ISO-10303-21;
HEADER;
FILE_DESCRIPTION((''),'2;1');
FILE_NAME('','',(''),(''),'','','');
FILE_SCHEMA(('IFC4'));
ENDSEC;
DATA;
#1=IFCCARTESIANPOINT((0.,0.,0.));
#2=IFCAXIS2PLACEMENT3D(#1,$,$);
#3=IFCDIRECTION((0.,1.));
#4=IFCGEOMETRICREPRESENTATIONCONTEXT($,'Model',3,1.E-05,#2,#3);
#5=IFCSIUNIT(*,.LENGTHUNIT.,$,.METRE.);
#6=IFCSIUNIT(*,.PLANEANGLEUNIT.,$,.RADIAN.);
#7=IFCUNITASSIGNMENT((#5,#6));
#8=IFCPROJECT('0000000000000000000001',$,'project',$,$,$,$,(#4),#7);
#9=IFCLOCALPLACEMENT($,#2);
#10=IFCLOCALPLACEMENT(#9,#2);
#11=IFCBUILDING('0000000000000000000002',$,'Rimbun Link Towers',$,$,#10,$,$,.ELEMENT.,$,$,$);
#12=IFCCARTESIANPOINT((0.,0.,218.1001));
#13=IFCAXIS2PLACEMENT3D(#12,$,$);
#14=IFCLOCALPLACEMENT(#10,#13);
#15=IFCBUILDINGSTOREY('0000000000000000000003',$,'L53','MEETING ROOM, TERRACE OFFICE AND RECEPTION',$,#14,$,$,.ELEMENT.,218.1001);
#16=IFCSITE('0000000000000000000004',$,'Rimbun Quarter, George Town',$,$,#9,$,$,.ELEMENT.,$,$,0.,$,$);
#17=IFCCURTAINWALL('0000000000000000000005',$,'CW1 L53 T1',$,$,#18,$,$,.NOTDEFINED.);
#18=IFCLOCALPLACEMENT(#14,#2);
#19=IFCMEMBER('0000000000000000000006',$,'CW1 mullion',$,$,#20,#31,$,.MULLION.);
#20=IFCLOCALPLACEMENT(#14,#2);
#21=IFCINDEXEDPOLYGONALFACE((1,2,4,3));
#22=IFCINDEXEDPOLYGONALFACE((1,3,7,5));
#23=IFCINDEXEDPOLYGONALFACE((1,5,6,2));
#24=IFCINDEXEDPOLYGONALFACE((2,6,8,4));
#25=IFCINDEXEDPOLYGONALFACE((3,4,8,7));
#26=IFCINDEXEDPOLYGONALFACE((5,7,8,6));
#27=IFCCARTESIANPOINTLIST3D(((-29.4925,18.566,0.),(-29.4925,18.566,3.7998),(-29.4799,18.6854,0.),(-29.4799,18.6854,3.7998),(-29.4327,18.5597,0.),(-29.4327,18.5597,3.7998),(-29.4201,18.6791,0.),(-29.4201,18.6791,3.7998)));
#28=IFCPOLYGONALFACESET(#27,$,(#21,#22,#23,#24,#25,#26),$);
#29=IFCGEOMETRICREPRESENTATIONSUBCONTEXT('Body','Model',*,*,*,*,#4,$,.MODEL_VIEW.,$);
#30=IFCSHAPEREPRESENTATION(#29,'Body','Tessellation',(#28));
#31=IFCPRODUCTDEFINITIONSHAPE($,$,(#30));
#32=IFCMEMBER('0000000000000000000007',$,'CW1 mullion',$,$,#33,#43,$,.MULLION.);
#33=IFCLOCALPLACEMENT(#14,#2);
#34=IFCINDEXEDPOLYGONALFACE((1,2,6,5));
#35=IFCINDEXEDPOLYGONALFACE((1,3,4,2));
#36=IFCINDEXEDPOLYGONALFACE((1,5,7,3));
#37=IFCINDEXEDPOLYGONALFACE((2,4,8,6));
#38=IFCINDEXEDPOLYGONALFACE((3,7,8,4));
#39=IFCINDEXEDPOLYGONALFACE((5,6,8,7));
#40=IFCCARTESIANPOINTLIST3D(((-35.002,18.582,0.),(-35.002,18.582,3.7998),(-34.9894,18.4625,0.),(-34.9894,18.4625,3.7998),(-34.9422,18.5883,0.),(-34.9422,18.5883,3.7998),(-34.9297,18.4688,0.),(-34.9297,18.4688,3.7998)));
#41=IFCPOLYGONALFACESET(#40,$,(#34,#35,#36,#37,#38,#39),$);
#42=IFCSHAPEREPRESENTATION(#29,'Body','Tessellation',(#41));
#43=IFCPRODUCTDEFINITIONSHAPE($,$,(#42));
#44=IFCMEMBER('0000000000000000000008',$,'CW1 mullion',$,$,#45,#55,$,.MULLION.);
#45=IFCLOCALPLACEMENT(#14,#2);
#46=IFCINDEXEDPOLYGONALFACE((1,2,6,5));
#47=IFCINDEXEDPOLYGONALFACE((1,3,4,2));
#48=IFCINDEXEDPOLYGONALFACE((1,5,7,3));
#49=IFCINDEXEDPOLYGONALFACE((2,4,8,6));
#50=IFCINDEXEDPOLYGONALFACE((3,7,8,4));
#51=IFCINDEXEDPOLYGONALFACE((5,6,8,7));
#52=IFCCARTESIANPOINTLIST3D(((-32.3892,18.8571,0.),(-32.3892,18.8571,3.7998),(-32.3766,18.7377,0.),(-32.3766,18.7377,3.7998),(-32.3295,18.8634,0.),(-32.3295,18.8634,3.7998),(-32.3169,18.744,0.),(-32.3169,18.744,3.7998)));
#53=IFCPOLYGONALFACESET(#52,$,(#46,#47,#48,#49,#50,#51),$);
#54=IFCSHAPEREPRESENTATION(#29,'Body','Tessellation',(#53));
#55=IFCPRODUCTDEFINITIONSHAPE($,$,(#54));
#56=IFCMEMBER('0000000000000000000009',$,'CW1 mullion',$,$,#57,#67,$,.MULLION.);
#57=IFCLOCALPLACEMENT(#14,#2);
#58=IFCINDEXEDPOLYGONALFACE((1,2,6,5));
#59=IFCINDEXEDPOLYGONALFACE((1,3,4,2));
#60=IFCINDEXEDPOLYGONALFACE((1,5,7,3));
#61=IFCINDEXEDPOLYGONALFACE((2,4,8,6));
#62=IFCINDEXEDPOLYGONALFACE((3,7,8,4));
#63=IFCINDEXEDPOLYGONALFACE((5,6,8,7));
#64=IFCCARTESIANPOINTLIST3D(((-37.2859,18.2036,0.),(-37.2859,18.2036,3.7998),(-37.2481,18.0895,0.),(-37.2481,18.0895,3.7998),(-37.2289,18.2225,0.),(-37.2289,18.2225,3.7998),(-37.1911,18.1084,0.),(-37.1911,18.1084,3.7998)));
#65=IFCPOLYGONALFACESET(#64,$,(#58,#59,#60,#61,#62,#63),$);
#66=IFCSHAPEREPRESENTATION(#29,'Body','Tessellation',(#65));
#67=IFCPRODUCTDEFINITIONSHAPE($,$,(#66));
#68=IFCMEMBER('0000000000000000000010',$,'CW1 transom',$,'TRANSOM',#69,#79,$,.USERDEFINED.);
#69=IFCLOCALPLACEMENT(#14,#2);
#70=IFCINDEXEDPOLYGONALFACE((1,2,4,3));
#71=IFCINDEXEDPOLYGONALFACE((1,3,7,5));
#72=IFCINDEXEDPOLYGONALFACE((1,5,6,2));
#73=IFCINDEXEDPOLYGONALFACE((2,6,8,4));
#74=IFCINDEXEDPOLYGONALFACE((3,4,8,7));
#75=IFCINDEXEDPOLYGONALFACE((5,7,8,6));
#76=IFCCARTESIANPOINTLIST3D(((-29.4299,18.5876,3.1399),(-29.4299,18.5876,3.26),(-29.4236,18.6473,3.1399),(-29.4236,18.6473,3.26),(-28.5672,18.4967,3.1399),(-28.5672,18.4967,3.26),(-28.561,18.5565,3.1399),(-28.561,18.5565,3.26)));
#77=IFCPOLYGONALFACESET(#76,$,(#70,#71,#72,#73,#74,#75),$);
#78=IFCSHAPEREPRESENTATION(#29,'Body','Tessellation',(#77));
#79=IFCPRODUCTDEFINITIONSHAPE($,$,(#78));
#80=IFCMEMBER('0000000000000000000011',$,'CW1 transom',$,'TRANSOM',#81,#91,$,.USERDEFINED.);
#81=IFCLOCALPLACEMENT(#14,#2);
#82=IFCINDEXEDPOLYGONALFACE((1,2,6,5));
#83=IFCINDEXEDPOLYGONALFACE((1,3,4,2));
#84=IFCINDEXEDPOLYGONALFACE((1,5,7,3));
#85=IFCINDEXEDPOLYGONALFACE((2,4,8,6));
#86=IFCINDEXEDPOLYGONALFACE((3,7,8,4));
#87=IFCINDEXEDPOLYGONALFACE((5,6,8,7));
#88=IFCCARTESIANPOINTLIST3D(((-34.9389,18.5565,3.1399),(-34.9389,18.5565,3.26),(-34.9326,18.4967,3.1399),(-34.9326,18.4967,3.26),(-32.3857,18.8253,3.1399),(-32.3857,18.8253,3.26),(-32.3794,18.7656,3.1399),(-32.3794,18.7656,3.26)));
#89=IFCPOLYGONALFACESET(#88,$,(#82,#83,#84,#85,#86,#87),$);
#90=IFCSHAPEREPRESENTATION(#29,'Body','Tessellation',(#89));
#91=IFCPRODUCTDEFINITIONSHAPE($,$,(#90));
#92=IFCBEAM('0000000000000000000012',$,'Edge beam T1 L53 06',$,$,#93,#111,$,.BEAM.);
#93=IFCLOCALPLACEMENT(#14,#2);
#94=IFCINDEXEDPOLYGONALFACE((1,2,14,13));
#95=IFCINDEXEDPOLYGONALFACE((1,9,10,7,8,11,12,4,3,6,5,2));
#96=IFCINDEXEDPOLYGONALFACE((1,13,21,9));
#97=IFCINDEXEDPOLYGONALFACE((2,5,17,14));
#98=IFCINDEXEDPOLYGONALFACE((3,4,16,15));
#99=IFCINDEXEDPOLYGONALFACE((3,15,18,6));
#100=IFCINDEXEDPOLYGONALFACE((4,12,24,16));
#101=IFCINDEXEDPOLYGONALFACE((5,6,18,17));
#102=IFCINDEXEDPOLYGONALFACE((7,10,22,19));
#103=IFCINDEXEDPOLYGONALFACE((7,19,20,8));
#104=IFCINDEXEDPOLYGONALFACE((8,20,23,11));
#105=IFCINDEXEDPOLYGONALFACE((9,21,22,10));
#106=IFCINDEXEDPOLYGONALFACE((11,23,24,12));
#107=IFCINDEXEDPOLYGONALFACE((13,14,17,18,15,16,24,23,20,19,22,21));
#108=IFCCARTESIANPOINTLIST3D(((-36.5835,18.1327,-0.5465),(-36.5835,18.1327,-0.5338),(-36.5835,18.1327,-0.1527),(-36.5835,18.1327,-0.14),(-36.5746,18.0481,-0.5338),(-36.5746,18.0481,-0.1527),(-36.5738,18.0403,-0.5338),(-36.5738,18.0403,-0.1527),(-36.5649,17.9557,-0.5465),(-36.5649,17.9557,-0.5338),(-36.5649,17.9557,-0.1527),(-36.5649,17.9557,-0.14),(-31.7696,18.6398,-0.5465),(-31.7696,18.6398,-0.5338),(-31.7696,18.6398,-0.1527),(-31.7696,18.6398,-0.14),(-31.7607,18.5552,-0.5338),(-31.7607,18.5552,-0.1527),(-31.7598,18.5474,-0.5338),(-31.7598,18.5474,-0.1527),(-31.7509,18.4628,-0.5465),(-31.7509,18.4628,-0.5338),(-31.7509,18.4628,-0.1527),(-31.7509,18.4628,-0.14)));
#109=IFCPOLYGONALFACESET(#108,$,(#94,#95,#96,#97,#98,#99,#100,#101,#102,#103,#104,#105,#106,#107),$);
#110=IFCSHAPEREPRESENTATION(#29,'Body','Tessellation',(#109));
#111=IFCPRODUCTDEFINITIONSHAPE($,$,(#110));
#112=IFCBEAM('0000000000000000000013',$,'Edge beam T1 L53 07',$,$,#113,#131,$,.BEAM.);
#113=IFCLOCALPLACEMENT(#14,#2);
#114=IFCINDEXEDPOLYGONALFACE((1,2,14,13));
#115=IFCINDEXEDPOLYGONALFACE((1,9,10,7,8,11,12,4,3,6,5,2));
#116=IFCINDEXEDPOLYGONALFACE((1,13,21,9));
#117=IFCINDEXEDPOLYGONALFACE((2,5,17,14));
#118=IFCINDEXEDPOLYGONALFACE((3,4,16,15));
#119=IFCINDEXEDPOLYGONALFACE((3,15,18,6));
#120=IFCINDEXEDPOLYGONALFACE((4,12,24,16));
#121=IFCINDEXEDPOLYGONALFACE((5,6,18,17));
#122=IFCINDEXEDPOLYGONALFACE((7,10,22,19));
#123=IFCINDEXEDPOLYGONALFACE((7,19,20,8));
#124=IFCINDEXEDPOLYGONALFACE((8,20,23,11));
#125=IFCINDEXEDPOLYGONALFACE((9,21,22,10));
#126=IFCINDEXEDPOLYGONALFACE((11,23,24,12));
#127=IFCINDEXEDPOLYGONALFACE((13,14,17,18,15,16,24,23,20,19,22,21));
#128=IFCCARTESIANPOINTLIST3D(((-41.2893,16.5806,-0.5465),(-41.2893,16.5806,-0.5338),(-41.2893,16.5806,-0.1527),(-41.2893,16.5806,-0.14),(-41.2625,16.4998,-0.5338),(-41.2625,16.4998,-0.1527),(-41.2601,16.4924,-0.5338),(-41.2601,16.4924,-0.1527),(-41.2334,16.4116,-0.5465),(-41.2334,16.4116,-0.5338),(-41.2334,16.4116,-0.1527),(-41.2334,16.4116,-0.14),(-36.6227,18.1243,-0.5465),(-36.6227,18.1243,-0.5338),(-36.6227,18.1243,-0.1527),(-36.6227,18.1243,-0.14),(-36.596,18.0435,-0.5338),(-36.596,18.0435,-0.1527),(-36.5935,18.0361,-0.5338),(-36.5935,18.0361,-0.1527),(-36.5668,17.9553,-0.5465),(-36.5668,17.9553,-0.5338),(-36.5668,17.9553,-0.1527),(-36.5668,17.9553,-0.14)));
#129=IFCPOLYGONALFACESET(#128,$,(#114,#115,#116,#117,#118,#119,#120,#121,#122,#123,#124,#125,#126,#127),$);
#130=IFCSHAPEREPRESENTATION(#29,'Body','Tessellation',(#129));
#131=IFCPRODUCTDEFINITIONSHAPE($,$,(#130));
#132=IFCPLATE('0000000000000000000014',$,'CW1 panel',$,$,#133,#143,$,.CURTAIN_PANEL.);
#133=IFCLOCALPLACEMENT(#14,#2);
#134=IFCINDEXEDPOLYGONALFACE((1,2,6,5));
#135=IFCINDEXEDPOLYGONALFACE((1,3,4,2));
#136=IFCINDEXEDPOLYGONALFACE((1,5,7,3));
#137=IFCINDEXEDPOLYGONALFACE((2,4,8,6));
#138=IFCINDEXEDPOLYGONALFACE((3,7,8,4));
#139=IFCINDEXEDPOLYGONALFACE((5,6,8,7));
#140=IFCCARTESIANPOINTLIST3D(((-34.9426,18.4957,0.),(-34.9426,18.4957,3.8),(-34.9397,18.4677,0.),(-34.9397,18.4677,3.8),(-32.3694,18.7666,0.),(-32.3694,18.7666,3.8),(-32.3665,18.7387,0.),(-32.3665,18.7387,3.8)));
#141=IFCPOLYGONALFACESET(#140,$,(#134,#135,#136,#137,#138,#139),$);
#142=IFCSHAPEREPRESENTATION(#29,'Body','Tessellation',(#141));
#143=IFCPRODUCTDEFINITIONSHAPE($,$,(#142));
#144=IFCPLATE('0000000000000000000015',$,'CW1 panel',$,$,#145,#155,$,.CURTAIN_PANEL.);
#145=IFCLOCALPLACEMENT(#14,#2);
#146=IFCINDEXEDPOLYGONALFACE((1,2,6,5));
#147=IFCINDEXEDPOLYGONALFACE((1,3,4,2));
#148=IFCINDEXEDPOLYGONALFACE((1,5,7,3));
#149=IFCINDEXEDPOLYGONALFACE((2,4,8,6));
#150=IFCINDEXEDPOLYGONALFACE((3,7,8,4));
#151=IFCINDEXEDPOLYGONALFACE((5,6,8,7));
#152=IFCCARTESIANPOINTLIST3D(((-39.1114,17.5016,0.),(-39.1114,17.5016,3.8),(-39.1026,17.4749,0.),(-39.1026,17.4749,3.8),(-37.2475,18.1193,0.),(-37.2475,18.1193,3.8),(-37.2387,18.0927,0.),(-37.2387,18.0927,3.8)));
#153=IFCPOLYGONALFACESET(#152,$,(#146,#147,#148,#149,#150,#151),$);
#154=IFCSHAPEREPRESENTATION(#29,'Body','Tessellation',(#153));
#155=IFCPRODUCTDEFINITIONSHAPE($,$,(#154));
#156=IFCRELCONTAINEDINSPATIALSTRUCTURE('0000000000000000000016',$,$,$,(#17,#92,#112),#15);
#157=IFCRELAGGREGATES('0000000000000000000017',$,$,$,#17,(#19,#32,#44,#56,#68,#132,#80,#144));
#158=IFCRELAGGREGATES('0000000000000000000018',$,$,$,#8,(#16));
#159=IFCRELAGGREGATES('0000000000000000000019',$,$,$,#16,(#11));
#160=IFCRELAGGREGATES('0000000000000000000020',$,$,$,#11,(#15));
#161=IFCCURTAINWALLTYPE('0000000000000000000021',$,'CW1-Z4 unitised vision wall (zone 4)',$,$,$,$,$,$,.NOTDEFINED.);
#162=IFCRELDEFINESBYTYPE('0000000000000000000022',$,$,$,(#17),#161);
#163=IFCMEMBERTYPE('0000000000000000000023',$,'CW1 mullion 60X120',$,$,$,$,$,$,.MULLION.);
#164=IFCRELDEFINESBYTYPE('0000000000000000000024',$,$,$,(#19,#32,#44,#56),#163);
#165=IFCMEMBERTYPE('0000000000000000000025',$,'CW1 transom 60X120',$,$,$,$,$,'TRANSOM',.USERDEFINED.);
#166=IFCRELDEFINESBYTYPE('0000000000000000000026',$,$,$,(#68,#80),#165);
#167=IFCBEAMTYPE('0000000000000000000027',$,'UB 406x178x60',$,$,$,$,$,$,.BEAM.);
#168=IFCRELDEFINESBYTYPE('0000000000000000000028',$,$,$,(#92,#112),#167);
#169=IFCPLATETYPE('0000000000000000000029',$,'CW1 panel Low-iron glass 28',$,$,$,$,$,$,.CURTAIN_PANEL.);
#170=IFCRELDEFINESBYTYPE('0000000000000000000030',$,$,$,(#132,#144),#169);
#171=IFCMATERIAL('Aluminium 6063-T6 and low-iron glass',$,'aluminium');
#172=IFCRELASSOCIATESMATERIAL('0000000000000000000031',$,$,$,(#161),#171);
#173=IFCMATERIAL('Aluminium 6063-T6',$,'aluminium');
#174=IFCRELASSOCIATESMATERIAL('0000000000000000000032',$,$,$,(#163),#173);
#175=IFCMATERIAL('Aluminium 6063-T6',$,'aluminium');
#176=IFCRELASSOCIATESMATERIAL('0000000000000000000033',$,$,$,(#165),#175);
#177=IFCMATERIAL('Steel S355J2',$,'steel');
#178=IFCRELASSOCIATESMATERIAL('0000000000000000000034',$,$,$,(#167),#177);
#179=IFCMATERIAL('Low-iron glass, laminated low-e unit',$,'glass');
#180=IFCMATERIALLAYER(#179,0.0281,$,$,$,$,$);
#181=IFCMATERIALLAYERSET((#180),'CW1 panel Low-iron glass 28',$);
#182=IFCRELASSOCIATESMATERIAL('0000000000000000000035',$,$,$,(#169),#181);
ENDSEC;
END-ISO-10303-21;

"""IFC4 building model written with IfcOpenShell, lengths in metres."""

from ifc_helpers import new_model, si_unit, direction, frame, origin, origin_2d, place, context, subcontext, project, spatial, rectangle, i_section, extrude, material, layer, layer_set, material_profile, profile_set, type_object, element, aggregate, save


model = new_model("IFC4")

# Units and contexts
model_context = context("Model", 3, precision=1e-05, world=origin(), true_north=direction((0.0, 1.0)))
body_context = subcontext(model_context, "Body", "Model", "MODEL_VIEW")
ifc_project = project(units=[si_unit("LENGTHUNIT", "METRE"), si_unit("PLANEANGLEUNIT", "RADIAN")], contexts=[model_context])

# Site, building, storey
site_placement = place(None, origin())
site = spatial("IfcSite", under=ifc_project, at=site_placement, Name="Rimbun Quarter, George Town", CompositionType="ELEMENT", RefElevation=0.0)
building_placement = place(site_placement, origin())
building = spatial("IfcBuilding", under=site, at=building_placement, Name="Rimbun Link Towers", CompositionType="ELEMENT")
storey_placement = place(building_placement, frame((0.0, 0.0, 218.1001)))
storey = spatial("IfcBuildingStorey", under=building, at=storey_placement, Name="L53", Description="MEETING ROOM, TERRACE OFFICE AND RECEPTION", CompositionType="ELEMENT", Elevation=218.1001)

# Curtain wall, members
ifc_material_1 = material(Name="Aluminium 6063-T6 and low-iron glass", Category="aluminium")
curtain_wall_type = type_object("IfcCurtainWallType", Name="CW1-Z4 unitised vision wall (zone 4)", PredefinedType="NOTDEFINED", material=ifc_material_1)
curtain_wall_placement = place(storey_placement, origin())
curtain_wall = element("IfcCurtainWall", 1, at=curtain_wall_placement, inside=storey, type_object=curtain_wall_type, Name="CW1 L53 T1", PredefinedType="NOTDEFINED")
ifc_material_2 = material(Name="Aluminium 6063-T6", Category="aluminium")
ifc_material_profile_1 = material_profile(ifc_material_2, rectangle(XDim=0.1201, YDim=0.0601, at=origin_2d()), Name="MULLION 60X120")
ifc_profile_set_1 = profile_set([ifc_material_profile_1], Name="Aluminium 6063-T6")
member_type_1 = type_object("IfcMemberType", Name="CW1 mullion 60X120", PredefinedType="MULLION", material=ifc_profile_set_1)
member_1_placement = place(storey_placement, frame((-29.4563, 18.6226, 0.0), z_axis=(0.0, 0.0, 1.0), x_axis=(0.104723, 0.994501, 0.0)))
member_1 = element("IfcMember", 2, at=member_1_placement, type_object=member_type_1, Name="CW1 mullion", PredefinedType="MULLION", context=body_context, shape_type="SweptSolid", body=[
    extrude(rectangle(XDim=0.1201, YDim=0.0601, at=origin_2d()), origin(), (0.0, 0.0, 1.0), 3.7998),
])
member_2_placement = place(storey_placement, frame((-34.9658, 18.5254, 0.0), z_axis=(0.0, 0.0, 1.0), x_axis=(-0.104723, 0.994501, 0.0)))
member_2 = element("IfcMember", 3, at=member_2_placement, type_object=member_type_1, Name="CW1 mullion", PredefinedType="MULLION", context=body_context, shape_type="SweptSolid", body=[
    extrude(rectangle(XDim=0.1201, YDim=0.0601, at=origin_2d()), origin(), (0.0, 0.0, 1.0), 3.7998),
])
member_3_placement = place(storey_placement, frame((-32.353, 18.8005, 0.0), z_axis=(0.0, 0.0, 1.0), x_axis=(-0.104723, 0.994501, 0.0)))
member_3 = element("IfcMember", 4, at=member_3_placement, type_object=member_type_1, Name="CW1 mullion", PredefinedType="MULLION", context=body_context, shape_type="SweptSolid", body=[
    extrude(rectangle(XDim=0.1201, YDim=0.0601, at=origin_2d()), origin(), (0.0, 0.0, 1.0), 3.7998),
])
member_4_placement = place(storey_placement, frame((-37.2385, 18.156, 0.0), z_axis=(0.0, 0.0, 1.0), x_axis=(-0.314578, 0.949231, 0.0)))
member_4 = element("IfcMember", 5, at=member_4_placement, type_object=member_type_1, Name="CW1 mullion", PredefinedType="MULLION", context=body_context, shape_type="SweptSolid", body=[
    extrude(rectangle(XDim=0.1201, YDim=0.0601, at=origin_2d()), origin(), (0.0, 0.0, 1.0), 3.7998),
])
ifc_material_3 = material(Name="Aluminium 6063-T6", Category="aluminium")
ifc_material_profile_2 = material_profile(ifc_material_3, rectangle(XDim=0.0601, YDim=0.1201, at=origin_2d()), Name="TRANSOM 60X120")
ifc_profile_set_2 = profile_set([ifc_material_profile_2], Name="Aluminium 6063-T6")
member_type_2 = type_object("IfcMemberType", Name="CW1 transom 60X120", ElementType="TRANSOM", PredefinedType="USERDEFINED", material=ifc_profile_set_2)
member_5_placement = place(storey_placement, frame((-29.4268, 18.6174, 3.2), z_axis=(0.994502, -0.104714, 0.0), x_axis=(0.104714, 0.994502, 0.0)))
member_5 = element("IfcMember", 6, at=member_5_placement, type_object=member_type_2, Name="CW1 transom", ObjectType="TRANSOM", PredefinedType="USERDEFINED", context=body_context, shape_type="SweptSolid", body=[
    extrude(rectangle(XDim=0.0601, YDim=0.1201, at=origin_2d()), origin(), (0.0, 0.0, 1.0), 0.8674),
])
member_6_placement = place(storey_placement, frame((-34.9358, 18.5266, 3.2), z_axis=(0.994504, 0.1047, 0.0), x_axis=(-0.1047, 0.994504, 0.0)))
member_6 = element("IfcMember", 7, at=member_6_placement, type_object=member_type_2, Name="CW1 transom", ObjectType="TRANSOM", PredefinedType="USERDEFINED", context=body_context, shape_type="SweptSolid", body=[
    extrude(rectangle(XDim=0.0601, YDim=0.1201, at=origin_2d()), origin(), (0.0, 0.0, 1.0), 2.5674),
])

# Beams
ifc_material_4 = material(Name="Steel S355J2", Category="steel")
ifc_material_profile_3 = material_profile(ifc_material_4, i_section(OverallWidth=0.178, OverallDepth=0.4065, WebThickness=0.0078, FlangeThickness=0.0127, at=origin_2d()), Name="UB 406x178x60")
ifc_profile_set_3 = profile_set([ifc_material_profile_3], Name="Steel S355J2")
beam_type = type_object("IfcBeamType", Name="UB 406x178x60", PredefinedType="BEAM", material=ifc_profile_set_3)
beam_1_placement = place(storey_placement, frame((-31.7603, 18.5513, -0.3433), z_axis=(-0.994498, -0.104756, 0.0), x_axis=(0.104756, -0.994498, 0.0)))
element("IfcBeam", 8, at=beam_1_placement, inside=storey, type_object=beam_type, Name="Edge beam T1 L53 06", PredefinedType="BEAM", context=body_context, shape_type="SweptSolid", body=[
    extrude(i_section(OverallWidth=0.178, OverallDepth=0.4065, WebThickness=0.0078, FlangeThickness=0.0127, at=origin_2d()), origin(), (0.0, 0.0, 1.0), 4.8406),
])
beam_2_placement = place(storey_placement, frame((-36.5947, 18.0398, -0.3433), z_axis=(-0.949401, -0.314066, 0.0), x_axis=(0.314066, -0.949401, 0.0)))
element("IfcBeam", 9, at=beam_2_placement, inside=storey, type_object=beam_type, Name="Edge beam T1 L53 07", PredefinedType="BEAM", context=body_context, shape_type="SweptSolid", body=[
    extrude(i_section(OverallWidth=0.178, OverallDepth=0.4065, WebThickness=0.0078, FlangeThickness=0.0127, at=origin_2d()), origin(), (0.0, 0.0, 1.0), 4.9153),
])

# Plates
ifc_material_5 = material(Name="Low-iron glass, laminated low-e unit", Category="glass")
ifc_layer_1 = layer(ifc_material_5, 0.0281)
ifc_layer_set_1 = layer_set([ifc_layer_1], Name="CW1 panel Low-iron glass 28")
plate_type = type_object("IfcPlateType", Name="CW1 panel Low-iron glass 28", PredefinedType="CURTAIN_PANEL", material=ifc_layer_set_1)
plate_1_placement = place(storey_placement, frame((-33.6545, 18.6172, 0.0), z_axis=(0.0, 0.0, 1.0), x_axis=(0.994501, 0.104723, 0.0)))
plate_1 = element("IfcPlate", 10, at=plate_1_placement, type_object=plate_type, Name="CW1 panel", PredefinedType="CURTAIN_PANEL", context=body_context, shape_type="SweptSolid", body=[
    extrude(rectangle(XDim=2.5874, YDim=0.0281, at=origin_2d()), origin(), (0.0, 0.0, 1.0), 3.8),
])
plate_2_placement = place(storey_placement, frame((-38.175, 17.7971, 0.0), z_axis=(0.0, 0.0, 1.0), x_axis=(0.949231, 0.314578, 0.0)))
plate_2 = element("IfcPlate", 11, at=plate_2_placement, type_object=plate_type, Name="CW1 panel", PredefinedType="CURTAIN_PANEL", context=body_context, shape_type="SweptSolid", body=[
    extrude(rectangle(XDim=1.9636, YDim=0.0281, at=origin_2d()), origin(), (0.0, 0.0, 1.0), 3.8),
])
aggregate(curtain_wall, [member_1, member_2, member_3, member_4, member_5, plate_1, member_6, plate_2])

save(model, "model.ifc")
